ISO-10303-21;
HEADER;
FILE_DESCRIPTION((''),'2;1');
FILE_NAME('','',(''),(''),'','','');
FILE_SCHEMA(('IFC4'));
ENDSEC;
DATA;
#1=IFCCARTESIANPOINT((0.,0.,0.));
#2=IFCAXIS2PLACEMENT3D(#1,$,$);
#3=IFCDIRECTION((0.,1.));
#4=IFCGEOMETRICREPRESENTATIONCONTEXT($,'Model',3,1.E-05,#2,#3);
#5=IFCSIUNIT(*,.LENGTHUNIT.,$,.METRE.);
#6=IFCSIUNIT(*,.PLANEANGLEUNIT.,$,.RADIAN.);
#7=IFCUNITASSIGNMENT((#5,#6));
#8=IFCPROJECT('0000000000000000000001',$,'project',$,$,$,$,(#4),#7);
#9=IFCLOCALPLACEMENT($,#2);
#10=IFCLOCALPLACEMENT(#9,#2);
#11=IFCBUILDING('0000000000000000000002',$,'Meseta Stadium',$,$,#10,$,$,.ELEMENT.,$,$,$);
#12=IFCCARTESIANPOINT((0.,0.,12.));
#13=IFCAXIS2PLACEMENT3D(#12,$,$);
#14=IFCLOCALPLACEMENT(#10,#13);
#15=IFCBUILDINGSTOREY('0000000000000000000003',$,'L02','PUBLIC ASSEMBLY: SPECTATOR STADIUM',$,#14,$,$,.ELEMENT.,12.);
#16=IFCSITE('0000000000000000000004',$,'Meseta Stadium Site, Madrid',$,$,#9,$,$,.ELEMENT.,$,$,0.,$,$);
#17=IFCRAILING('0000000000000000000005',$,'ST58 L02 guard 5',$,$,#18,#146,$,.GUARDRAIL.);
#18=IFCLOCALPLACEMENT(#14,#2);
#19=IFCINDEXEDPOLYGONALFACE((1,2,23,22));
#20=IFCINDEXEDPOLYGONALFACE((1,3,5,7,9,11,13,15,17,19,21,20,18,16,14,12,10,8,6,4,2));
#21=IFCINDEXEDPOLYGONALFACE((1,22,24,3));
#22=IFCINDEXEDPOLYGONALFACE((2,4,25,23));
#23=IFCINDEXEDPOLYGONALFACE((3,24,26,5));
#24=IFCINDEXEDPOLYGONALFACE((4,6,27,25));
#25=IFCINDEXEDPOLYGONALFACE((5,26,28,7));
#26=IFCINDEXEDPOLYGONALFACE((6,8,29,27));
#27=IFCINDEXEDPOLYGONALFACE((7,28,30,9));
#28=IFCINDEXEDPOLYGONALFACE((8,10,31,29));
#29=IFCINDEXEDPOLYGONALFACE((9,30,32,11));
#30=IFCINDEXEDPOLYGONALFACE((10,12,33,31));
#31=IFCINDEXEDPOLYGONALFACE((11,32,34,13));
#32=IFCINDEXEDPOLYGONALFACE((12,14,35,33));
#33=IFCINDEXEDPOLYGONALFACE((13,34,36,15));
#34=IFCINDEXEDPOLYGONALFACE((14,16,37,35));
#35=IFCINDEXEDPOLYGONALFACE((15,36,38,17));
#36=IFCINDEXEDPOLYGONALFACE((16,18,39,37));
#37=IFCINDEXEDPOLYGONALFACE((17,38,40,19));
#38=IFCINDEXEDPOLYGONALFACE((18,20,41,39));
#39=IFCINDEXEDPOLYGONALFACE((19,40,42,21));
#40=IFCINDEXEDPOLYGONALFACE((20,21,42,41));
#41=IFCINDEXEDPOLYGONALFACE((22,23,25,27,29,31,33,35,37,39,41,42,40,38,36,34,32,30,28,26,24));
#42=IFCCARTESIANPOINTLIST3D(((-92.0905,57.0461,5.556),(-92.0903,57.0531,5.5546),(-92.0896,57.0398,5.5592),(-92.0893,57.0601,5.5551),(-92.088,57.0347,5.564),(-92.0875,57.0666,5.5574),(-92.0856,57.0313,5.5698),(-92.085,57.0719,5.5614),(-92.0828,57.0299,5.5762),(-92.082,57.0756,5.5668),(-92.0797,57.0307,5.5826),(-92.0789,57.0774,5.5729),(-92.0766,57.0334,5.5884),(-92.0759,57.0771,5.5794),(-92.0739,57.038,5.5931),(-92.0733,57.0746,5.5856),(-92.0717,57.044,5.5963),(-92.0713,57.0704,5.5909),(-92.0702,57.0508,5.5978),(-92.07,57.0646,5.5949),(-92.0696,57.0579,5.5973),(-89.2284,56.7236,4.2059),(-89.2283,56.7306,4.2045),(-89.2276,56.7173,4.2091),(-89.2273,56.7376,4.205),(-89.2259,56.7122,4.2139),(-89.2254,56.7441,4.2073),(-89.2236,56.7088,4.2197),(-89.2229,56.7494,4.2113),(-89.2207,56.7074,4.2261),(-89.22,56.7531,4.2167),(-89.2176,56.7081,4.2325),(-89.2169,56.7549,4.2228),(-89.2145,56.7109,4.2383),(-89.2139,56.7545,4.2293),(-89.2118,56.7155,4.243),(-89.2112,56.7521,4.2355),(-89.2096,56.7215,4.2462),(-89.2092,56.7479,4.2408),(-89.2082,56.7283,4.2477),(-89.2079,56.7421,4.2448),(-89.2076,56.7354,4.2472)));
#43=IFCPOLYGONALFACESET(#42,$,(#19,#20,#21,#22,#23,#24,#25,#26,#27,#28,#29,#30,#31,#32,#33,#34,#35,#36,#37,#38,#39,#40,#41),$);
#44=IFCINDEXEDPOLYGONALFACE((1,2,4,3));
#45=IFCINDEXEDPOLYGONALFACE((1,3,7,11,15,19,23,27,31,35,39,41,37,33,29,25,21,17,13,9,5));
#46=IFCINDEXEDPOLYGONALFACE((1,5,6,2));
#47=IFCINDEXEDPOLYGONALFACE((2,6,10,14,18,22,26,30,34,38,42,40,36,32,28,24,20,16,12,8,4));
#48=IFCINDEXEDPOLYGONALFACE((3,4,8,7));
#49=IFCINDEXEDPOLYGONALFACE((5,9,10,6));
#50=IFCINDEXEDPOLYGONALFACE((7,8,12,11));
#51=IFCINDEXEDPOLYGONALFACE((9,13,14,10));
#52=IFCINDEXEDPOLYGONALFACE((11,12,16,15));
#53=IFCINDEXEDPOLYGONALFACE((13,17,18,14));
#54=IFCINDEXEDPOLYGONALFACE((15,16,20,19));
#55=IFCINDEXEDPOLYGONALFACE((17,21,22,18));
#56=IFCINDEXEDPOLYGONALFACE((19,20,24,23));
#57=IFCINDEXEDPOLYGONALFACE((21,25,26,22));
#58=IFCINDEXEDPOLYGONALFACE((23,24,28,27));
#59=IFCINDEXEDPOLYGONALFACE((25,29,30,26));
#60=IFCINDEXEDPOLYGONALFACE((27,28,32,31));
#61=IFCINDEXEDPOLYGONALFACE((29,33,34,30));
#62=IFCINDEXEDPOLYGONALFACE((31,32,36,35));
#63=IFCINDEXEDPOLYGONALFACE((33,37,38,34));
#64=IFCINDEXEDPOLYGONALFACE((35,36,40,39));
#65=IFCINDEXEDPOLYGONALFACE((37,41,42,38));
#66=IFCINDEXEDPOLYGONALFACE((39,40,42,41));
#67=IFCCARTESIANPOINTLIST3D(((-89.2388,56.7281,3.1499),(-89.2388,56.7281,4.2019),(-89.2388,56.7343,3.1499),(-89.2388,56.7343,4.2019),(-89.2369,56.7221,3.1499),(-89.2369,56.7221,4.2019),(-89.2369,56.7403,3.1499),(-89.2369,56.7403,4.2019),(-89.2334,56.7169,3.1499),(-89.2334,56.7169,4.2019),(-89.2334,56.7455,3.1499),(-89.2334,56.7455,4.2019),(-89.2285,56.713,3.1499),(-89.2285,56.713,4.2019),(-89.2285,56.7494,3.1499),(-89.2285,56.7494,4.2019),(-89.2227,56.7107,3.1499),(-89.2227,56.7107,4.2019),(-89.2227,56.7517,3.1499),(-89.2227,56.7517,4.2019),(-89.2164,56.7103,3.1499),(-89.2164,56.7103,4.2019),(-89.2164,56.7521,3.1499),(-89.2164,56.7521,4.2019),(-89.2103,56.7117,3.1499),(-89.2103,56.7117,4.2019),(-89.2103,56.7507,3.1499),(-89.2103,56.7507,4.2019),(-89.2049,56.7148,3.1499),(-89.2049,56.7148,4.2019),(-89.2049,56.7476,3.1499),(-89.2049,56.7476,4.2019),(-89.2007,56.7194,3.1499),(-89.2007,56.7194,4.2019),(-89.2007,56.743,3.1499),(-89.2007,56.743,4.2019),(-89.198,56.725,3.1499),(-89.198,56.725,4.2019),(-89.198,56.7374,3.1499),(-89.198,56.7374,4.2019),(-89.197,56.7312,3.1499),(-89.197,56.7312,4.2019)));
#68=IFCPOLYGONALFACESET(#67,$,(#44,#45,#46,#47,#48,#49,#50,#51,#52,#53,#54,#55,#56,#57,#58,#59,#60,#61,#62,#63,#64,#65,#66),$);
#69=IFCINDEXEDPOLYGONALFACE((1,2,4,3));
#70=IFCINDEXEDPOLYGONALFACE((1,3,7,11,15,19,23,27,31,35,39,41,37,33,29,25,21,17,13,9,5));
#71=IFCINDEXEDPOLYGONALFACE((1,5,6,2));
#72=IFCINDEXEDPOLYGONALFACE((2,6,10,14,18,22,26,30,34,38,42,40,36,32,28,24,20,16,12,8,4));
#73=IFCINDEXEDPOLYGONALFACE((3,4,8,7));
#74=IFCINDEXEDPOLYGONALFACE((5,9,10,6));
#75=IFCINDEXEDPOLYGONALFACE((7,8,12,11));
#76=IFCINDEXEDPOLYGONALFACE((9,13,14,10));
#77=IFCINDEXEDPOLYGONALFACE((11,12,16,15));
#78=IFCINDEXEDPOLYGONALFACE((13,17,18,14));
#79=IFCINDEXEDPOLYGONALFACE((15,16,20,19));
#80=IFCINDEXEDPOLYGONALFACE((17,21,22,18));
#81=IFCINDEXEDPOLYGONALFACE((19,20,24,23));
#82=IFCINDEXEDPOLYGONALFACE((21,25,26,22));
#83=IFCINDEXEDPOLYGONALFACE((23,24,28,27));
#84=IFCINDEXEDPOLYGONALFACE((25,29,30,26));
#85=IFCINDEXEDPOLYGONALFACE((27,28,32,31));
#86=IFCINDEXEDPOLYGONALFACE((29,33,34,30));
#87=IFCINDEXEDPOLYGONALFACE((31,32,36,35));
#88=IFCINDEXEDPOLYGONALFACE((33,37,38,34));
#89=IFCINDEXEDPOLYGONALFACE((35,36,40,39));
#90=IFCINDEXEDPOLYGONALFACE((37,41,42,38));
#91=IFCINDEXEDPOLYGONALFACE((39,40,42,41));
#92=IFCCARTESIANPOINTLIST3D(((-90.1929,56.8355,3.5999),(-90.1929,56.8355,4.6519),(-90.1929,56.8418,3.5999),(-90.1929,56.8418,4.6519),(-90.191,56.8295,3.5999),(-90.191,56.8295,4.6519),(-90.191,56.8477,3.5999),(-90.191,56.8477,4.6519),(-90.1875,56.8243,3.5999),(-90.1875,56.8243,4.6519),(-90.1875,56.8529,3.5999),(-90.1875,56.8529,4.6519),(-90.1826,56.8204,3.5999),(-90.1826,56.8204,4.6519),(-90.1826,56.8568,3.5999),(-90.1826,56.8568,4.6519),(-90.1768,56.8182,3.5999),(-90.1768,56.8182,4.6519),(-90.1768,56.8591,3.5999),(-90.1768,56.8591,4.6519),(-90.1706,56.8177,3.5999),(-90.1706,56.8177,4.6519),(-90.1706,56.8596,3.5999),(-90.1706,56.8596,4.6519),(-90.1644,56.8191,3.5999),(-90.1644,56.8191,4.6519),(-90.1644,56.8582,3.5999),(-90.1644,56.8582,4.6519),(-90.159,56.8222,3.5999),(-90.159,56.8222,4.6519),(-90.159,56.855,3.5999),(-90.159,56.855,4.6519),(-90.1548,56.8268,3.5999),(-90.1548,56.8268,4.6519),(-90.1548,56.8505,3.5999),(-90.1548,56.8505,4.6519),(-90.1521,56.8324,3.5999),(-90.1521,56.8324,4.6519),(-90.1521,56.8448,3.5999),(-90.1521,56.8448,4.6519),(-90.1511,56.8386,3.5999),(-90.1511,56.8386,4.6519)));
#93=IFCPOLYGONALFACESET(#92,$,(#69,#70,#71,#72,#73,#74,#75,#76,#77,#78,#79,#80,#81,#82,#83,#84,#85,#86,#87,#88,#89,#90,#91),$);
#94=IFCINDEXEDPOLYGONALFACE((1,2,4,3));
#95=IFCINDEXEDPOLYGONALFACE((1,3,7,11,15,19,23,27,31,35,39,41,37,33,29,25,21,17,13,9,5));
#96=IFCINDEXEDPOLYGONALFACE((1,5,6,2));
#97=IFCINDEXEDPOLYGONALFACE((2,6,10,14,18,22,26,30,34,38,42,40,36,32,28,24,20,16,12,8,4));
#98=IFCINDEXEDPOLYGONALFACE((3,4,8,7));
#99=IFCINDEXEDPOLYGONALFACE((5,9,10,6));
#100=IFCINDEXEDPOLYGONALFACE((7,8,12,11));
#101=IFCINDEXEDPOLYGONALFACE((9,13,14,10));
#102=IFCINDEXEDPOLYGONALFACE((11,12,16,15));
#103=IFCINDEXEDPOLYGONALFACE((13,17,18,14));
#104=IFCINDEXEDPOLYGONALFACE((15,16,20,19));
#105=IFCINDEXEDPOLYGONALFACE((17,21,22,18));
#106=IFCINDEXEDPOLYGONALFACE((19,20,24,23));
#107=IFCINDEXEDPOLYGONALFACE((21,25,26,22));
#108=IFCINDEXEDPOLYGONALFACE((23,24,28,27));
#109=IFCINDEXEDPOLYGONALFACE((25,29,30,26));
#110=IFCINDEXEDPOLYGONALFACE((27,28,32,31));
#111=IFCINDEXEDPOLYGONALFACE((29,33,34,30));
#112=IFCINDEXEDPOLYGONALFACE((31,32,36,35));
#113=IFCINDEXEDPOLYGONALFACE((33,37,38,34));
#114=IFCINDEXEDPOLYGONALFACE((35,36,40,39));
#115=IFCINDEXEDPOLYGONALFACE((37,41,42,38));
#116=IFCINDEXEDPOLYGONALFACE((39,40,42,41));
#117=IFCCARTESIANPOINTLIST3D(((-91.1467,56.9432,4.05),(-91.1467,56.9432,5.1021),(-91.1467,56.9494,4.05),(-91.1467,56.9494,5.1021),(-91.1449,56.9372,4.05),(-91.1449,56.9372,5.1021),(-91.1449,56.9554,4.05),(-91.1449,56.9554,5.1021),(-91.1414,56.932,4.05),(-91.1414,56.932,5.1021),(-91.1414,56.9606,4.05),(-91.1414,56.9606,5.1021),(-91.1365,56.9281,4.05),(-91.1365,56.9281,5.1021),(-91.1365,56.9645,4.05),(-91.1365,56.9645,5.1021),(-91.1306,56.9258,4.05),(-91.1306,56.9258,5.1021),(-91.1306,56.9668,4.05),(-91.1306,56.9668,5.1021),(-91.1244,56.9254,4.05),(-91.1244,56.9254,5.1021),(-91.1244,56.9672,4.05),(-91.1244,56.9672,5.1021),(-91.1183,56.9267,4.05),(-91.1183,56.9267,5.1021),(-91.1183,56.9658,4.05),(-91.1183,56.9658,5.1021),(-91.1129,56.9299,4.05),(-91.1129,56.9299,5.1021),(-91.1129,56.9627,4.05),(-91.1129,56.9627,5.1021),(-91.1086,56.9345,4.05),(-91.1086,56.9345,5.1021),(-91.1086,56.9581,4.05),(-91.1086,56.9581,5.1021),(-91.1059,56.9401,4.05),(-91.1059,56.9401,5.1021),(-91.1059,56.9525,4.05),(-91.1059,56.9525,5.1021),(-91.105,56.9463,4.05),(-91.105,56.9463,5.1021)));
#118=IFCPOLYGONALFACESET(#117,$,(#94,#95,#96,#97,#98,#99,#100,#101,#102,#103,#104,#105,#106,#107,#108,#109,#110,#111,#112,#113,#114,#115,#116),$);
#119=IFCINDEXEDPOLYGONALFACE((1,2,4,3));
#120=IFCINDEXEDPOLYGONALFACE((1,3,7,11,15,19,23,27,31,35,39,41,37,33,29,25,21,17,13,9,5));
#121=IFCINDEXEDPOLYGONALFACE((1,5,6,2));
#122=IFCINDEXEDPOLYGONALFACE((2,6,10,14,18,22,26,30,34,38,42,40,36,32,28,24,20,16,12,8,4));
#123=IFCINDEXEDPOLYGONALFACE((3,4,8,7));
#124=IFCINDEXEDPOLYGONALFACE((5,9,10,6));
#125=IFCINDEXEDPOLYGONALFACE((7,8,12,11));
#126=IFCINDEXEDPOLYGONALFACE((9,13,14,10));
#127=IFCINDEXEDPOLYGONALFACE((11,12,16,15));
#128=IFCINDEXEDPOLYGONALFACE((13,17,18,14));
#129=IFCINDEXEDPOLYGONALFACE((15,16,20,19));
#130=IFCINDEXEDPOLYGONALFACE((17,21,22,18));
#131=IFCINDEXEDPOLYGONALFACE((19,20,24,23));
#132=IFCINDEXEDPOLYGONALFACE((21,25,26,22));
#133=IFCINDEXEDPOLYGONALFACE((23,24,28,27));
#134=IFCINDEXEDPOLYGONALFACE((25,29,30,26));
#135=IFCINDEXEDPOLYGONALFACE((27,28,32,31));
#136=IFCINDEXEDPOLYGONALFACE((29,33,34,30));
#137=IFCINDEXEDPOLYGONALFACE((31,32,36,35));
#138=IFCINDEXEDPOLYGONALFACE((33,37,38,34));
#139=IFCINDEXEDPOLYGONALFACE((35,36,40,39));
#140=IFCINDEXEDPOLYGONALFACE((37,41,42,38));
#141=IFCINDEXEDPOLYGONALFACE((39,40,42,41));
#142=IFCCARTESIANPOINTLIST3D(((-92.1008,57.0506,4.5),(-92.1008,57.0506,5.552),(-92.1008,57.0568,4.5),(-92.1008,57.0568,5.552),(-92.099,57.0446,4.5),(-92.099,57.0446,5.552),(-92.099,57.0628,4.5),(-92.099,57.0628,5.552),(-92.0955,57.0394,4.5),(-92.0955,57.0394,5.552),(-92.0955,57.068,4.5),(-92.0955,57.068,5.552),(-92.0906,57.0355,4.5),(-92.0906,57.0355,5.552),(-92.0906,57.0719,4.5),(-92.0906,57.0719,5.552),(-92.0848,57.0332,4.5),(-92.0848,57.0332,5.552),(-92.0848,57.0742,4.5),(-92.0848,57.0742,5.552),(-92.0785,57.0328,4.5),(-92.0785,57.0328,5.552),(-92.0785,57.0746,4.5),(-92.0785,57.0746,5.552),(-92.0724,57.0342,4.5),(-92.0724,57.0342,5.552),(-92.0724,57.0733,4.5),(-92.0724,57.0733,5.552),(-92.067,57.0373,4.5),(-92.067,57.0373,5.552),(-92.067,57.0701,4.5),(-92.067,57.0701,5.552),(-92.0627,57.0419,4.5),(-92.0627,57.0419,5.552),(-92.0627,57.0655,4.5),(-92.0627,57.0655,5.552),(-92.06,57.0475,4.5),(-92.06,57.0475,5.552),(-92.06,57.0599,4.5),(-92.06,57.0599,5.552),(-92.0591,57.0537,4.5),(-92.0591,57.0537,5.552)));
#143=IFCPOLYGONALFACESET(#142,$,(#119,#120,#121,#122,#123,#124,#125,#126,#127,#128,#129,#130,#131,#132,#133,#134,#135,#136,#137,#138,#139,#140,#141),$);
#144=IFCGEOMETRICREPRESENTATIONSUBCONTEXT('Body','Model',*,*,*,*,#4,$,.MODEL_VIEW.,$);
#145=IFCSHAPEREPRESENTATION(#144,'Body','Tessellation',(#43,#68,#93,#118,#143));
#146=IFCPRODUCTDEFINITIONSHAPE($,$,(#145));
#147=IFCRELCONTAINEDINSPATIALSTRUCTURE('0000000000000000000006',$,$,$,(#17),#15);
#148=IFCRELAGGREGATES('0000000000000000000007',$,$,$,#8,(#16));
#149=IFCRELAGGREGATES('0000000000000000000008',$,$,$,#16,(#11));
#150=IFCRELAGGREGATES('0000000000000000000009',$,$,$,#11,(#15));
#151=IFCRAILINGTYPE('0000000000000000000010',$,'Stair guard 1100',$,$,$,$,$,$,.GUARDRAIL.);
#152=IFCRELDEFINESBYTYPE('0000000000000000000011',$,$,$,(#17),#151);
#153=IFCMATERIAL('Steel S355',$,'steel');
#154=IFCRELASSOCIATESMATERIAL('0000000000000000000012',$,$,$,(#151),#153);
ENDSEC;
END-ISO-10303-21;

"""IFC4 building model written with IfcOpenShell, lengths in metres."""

from ifc_helpers import new_model, si_unit, direction, frame, origin, origin_2d, place, context, subcontext, project, spatial, circle, extrude, material, type_object, element, save


model = new_model("IFC4")

# Units and contexts
model_context = context("Model", 3, precision=1e-05, world=origin(), true_north=direction((0.0, 1.0)))
body_context = subcontext(model_context, "Body", "Model", "MODEL_VIEW")
ifc_project = project(units=[si_unit("LENGTHUNIT", "METRE"), si_unit("PLANEANGLEUNIT", "RADIAN")], contexts=[model_context])

# Site, building, storey
site_placement = place(None, origin())
site = spatial("IfcSite", under=ifc_project, at=site_placement, Name="Meseta Stadium Site, Madrid", CompositionType="ELEMENT", RefElevation=0.0)
building_placement = place(site_placement, origin())
building = spatial("IfcBuilding", under=site, at=building_placement, Name="Meseta Stadium", CompositionType="ELEMENT")
storey_placement = place(building_placement, frame((0.0, 0.0, 12.0)))
storey = spatial("IfcBuildingStorey", under=building, at=storey_placement, Name="L02", Description="PUBLIC ASSEMBLY: SPECTATOR STADIUM", CompositionType="ELEMENT", Elevation=12.0)

# Railing
ifc_material_1 = material(Name="Steel S355", Category="steel")
railing_type_1 = type_object("IfcRailingType", Name="Stair guard 1100", PredefinedType="GUARDRAIL", material=ifc_material_1)
railing_1_placement = place(storey_placement, frame((-89.218, 56.7312, 3.1499)))
element("IfcRailing", 1, at=railing_1_placement, inside=storey, type_object=railing_type_1, Name="ST58 L02 guard 5", PredefinedType="GUARDRAIL", context=body_context, shape_type="SweptSolid", body=[
    extrude(circle(Radius=0.0239, at=origin_2d()), frame((0.0, 0.0, 1.0762), z_axis=(-0.899763, 0.101389, 0.424438), x_axis=(-0.111976, -0.993711, 0.0)), (0.0, 0.0, 1.0), 3.1809),
    extrude(circle(Radius=0.021, at=origin_2d()), origin(), (0.0, 0.0, 1.0), 1.052),
    extrude(circle(Radius=0.021, at=origin_2d()), frame((-0.9541, 0.1074, 0.45)), (0.0, 0.0, 1.0), 1.052),
    extrude(circle(Radius=0.021, at=origin_2d()), frame((-1.908, 0.2151, 0.9001)), (0.0, 0.0, 1.0), 1.052),
    extrude(circle(Radius=0.021, at=origin_2d()), frame((-2.8621, 0.3225, 1.3501)), (0.0, 0.0, 1.0), 1.052),
])

save(model, "model.ifc")
